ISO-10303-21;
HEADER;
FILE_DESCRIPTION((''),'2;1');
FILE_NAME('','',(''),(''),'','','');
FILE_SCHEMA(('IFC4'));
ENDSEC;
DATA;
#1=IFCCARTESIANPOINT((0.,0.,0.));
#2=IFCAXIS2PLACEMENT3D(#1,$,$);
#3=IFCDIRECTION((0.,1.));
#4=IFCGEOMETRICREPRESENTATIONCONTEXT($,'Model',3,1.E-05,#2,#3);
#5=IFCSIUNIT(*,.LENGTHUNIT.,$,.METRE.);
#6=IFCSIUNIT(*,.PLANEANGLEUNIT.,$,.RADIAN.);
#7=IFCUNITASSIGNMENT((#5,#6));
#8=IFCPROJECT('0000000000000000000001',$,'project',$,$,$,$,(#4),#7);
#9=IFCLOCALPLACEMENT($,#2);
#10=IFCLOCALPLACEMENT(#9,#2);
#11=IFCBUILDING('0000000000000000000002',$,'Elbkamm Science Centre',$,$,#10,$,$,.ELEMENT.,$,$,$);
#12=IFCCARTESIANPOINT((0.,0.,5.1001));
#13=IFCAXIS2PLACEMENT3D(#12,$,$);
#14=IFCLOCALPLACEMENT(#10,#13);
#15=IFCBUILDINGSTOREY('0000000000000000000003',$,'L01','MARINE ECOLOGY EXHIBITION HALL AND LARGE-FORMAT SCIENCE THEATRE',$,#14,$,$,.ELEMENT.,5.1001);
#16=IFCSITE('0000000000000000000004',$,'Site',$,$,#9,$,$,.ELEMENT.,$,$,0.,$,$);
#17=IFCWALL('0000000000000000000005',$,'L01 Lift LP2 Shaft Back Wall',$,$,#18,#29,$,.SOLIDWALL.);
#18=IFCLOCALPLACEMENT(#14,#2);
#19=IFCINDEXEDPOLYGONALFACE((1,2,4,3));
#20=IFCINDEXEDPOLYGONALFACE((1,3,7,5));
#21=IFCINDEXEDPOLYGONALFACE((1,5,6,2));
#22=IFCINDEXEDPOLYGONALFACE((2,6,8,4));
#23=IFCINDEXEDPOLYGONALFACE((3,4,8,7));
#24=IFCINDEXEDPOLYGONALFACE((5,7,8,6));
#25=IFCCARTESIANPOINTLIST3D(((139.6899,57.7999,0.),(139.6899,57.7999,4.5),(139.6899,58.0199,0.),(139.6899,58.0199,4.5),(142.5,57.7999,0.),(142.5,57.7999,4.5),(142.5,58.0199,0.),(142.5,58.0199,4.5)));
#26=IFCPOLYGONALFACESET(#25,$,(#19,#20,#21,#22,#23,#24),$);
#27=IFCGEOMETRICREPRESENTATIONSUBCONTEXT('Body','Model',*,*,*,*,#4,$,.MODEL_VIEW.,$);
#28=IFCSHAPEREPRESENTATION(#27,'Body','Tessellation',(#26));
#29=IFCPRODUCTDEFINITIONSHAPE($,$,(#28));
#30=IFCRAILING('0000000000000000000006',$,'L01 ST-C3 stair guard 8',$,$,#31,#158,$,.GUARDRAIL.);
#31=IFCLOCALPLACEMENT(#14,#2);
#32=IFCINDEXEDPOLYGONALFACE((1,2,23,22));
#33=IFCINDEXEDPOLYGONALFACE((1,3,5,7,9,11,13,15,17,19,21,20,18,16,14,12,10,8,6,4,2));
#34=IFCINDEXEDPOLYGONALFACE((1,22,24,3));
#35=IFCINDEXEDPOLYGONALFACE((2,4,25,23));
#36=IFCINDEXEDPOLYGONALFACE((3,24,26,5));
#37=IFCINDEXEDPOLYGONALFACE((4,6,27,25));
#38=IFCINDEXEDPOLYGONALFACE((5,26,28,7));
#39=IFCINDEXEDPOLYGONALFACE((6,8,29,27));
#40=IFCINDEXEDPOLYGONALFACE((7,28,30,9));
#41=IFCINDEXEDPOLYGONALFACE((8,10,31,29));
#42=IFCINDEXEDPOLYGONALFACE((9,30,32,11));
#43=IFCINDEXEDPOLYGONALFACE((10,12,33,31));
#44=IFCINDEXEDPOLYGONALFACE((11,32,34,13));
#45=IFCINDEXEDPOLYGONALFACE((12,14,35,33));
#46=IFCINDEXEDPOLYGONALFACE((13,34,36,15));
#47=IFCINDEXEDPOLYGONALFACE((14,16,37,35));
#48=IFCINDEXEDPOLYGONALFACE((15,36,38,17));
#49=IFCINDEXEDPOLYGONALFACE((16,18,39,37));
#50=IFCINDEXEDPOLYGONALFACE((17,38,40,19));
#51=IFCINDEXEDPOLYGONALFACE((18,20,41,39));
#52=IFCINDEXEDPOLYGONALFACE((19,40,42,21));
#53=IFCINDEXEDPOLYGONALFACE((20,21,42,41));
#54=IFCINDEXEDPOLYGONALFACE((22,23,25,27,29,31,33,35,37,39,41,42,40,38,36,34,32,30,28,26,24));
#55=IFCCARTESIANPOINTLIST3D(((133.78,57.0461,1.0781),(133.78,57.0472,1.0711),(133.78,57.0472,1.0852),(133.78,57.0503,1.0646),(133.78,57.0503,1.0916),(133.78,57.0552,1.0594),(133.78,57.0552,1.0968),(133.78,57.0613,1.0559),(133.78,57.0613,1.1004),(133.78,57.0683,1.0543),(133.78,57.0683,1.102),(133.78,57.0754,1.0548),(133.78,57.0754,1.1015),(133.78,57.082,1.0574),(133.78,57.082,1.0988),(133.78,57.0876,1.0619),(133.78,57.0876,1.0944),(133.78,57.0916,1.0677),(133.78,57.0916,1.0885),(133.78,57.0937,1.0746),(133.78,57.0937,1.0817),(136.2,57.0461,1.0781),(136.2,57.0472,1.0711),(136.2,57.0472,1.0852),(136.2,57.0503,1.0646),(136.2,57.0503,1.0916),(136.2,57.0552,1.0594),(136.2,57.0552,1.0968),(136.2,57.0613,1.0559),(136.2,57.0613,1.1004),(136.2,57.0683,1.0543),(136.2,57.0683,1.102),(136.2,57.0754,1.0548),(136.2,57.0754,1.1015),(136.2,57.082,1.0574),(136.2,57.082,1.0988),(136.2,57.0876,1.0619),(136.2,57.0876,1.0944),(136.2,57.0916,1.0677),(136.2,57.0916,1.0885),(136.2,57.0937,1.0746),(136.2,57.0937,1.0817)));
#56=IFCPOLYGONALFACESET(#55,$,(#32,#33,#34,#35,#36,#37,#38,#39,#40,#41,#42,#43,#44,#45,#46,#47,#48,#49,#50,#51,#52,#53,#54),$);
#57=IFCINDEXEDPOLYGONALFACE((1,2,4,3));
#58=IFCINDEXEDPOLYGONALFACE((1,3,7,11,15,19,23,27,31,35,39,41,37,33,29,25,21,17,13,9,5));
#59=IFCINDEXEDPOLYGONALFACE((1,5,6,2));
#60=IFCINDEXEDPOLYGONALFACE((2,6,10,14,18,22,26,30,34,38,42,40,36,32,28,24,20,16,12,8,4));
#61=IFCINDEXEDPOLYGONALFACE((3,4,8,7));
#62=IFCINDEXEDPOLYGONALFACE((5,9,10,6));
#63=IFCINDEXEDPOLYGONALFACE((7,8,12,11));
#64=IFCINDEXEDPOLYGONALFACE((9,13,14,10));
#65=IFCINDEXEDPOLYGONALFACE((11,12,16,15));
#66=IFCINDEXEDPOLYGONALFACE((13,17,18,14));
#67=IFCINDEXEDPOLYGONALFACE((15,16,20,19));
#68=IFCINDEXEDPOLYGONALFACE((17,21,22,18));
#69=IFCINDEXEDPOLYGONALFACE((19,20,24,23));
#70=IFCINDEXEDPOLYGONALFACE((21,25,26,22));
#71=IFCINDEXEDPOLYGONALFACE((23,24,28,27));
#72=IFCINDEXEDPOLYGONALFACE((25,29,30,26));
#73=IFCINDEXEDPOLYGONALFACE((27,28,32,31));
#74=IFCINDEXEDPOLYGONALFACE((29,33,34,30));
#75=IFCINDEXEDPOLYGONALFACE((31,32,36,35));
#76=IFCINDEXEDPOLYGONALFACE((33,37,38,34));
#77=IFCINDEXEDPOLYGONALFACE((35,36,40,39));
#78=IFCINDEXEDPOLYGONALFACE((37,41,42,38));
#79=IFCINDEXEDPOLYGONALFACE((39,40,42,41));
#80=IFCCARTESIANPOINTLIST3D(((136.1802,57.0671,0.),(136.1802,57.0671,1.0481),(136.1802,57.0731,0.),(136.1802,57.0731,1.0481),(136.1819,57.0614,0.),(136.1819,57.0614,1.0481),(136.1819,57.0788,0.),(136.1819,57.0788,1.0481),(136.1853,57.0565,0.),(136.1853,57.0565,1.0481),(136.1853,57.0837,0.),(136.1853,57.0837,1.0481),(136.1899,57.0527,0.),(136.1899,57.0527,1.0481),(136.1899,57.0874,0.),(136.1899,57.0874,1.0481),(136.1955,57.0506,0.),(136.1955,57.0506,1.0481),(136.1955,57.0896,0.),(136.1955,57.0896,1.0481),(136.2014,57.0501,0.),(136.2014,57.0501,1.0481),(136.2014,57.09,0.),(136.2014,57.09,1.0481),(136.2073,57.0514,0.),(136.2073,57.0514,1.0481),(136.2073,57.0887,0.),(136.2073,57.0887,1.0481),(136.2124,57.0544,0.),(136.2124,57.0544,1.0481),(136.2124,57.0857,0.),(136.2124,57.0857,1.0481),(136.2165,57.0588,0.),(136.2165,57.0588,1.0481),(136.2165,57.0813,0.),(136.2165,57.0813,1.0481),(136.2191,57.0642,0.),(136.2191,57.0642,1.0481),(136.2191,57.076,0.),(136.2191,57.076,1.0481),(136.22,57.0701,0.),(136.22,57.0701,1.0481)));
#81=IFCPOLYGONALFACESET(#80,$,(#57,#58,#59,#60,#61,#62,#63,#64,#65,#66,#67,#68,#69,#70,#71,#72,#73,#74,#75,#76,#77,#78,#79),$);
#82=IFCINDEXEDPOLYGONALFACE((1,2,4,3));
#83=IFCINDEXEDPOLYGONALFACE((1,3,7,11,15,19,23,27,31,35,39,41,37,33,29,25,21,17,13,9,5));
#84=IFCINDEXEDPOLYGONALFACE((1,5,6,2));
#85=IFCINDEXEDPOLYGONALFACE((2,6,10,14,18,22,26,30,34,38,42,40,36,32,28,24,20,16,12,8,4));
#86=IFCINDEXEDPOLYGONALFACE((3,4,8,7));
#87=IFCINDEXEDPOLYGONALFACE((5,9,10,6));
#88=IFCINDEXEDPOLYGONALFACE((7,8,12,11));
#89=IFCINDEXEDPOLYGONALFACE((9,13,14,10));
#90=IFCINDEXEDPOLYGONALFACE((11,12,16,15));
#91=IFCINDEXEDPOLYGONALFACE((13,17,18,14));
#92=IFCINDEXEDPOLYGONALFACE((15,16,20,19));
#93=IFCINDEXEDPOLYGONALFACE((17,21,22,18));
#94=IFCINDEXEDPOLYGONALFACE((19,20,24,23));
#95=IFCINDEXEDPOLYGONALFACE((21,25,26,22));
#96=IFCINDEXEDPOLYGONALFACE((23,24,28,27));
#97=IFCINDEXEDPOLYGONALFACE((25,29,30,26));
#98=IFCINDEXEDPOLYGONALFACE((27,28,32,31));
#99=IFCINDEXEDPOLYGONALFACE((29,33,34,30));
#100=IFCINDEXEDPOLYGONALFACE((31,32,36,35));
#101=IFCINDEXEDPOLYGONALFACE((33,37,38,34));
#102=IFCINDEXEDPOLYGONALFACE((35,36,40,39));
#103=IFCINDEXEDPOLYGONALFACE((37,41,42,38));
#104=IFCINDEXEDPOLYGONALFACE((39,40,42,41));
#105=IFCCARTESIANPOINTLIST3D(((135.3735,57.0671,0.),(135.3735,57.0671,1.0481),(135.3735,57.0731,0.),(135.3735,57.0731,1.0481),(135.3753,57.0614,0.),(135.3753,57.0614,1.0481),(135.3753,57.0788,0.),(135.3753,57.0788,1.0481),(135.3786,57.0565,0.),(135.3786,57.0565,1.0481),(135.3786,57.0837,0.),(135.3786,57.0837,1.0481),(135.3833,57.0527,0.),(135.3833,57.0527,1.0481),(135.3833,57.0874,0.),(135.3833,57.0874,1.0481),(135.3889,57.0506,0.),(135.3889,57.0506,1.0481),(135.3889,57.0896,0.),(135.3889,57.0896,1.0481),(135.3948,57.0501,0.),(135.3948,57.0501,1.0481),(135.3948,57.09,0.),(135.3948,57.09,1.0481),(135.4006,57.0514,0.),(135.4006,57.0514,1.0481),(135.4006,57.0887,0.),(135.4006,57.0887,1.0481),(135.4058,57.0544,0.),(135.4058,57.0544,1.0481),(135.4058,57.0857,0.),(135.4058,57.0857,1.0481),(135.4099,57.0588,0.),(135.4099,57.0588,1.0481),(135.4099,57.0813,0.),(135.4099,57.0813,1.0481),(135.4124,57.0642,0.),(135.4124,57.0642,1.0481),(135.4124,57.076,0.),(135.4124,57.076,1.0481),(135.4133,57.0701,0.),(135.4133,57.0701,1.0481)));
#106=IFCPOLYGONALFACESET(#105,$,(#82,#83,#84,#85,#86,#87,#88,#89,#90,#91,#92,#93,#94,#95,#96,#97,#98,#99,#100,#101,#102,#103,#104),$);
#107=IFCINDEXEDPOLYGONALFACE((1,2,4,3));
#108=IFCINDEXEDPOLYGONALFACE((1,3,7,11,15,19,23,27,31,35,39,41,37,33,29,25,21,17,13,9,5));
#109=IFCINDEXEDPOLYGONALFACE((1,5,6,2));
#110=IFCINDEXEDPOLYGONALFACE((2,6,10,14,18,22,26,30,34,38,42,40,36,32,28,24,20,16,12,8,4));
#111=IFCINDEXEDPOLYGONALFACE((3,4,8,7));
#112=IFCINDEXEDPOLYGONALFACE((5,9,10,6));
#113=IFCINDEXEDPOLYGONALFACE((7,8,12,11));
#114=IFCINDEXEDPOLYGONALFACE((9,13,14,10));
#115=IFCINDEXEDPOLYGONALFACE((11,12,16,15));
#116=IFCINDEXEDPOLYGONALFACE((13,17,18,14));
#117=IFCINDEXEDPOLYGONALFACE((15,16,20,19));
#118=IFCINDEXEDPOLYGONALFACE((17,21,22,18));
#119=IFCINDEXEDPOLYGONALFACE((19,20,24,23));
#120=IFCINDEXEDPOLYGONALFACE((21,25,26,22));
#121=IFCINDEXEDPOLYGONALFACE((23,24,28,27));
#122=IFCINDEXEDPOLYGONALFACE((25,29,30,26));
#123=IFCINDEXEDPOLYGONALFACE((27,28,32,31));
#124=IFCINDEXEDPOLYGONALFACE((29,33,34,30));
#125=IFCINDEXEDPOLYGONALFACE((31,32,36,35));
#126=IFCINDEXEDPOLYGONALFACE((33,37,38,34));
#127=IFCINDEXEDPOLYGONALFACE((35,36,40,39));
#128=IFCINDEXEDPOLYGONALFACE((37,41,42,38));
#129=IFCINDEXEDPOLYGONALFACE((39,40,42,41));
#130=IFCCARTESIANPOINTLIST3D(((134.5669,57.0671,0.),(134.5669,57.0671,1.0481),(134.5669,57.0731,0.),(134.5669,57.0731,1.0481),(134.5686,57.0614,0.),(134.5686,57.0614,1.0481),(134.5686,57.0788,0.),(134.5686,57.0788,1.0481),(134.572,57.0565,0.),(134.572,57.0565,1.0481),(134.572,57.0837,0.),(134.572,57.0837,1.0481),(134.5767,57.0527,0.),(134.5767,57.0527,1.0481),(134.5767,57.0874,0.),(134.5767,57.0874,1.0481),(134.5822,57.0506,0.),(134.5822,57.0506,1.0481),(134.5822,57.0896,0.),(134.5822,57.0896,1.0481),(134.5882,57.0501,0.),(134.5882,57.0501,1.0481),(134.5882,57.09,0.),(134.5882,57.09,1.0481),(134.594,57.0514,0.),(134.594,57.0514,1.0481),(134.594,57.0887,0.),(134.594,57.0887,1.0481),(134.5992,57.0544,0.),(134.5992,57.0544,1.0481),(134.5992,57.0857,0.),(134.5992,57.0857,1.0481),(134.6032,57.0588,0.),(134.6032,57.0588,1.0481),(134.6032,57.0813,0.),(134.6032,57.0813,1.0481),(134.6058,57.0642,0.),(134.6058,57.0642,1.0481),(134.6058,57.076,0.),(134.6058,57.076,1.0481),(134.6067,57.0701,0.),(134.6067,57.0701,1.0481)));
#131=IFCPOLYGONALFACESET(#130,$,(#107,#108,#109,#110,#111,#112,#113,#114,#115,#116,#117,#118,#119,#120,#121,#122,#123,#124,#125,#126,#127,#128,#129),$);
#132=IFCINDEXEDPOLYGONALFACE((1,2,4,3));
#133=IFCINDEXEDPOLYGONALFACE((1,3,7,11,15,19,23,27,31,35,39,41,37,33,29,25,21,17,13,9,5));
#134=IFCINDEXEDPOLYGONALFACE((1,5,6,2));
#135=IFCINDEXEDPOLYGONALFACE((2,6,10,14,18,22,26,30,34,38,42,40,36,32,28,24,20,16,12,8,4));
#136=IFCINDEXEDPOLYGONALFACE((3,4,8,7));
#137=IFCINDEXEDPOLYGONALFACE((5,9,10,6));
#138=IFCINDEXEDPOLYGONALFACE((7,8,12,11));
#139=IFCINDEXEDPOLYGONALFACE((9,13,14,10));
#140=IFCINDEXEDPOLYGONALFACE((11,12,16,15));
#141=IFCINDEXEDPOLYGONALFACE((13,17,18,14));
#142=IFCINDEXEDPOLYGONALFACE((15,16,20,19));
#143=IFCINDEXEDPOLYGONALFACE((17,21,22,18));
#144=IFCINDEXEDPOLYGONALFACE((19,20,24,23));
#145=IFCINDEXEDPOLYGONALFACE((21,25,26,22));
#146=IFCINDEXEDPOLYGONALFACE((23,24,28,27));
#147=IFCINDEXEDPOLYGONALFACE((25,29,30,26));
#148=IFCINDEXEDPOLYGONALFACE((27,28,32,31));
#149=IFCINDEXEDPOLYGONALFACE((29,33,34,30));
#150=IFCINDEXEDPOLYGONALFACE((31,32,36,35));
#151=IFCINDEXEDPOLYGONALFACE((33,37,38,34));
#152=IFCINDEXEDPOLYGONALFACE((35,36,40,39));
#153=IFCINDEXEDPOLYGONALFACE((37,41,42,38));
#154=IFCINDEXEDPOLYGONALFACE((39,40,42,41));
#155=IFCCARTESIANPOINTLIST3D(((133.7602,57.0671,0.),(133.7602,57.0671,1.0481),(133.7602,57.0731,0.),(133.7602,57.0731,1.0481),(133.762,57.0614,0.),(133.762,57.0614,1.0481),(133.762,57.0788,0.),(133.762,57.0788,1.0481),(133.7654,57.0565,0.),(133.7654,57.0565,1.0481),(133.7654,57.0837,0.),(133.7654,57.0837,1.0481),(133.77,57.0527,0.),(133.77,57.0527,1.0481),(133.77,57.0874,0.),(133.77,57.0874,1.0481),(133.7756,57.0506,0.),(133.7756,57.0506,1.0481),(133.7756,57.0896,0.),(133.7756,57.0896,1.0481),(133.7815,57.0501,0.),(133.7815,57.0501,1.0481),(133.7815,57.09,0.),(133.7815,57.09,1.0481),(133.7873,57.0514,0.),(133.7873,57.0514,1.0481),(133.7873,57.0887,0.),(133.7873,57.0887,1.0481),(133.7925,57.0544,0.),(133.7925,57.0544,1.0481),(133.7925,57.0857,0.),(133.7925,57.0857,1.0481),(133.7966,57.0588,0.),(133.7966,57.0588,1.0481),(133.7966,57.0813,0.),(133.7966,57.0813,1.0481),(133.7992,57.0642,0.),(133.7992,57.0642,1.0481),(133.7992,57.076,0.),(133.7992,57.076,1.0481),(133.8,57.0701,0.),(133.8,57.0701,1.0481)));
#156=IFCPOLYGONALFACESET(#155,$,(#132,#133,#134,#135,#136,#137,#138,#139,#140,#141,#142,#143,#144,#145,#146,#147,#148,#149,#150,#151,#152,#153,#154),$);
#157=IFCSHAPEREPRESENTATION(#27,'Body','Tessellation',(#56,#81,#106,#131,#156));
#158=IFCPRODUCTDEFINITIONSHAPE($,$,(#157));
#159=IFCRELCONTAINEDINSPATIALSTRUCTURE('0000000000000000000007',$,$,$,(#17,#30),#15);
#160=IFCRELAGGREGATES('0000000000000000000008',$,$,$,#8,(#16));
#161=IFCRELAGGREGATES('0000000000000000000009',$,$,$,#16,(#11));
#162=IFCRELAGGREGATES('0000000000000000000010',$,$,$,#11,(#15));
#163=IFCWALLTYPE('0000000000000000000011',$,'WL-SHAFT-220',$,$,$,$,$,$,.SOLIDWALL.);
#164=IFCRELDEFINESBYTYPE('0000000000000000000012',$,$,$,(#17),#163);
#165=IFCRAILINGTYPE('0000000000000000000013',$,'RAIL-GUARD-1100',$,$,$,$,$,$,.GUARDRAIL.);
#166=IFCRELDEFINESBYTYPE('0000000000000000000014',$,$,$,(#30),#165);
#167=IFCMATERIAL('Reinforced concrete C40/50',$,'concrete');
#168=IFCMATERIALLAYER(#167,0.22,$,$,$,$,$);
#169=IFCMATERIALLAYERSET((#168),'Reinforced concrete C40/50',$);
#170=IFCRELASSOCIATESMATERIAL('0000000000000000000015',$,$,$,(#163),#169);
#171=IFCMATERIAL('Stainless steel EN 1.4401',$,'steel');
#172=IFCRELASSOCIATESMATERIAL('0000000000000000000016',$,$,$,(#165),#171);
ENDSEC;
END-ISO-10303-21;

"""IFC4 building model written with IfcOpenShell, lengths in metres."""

from ifc_helpers import new_model, si_unit, direction, frame, frame_2d, origin, origin_2d, place, context, subcontext, project, spatial, rectangle, circle, extrude, material, layer, layer_set, type_object, element, save


model = new_model("IFC4")

# Units and contexts
model_context = context("Model", 3, precision=1e-05, world=origin(), true_north=direction((0.0, 1.0)))
body_context = subcontext(model_context, "Body", "Model", "MODEL_VIEW")
ifc_project = project(units=[si_unit("LENGTHUNIT", "METRE"), si_unit("PLANEANGLEUNIT", "RADIAN")], contexts=[model_context])

# Site, building, storey
site_placement = place(None, origin())
site = spatial("IfcSite", under=ifc_project, at=site_placement, Name="Site", CompositionType="ELEMENT", RefElevation=0.0)
building_placement = place(site_placement, origin())
building = spatial("IfcBuilding", under=site, at=building_placement, Name="Elbkamm Science Centre", CompositionType="ELEMENT")
storey_placement = place(building_placement, frame((0.0, 0.0, 5.1001)))
storey = spatial("IfcBuildingStorey", under=building, at=storey_placement, Name="L01", Description="MARINE ECOLOGY EXHIBITION HALL AND LARGE-FORMAT SCIENCE THEATRE", CompositionType="ELEMENT", Elevation=5.1001)

# Shared definitions
ifc_material_1 = material(Name="Reinforced concrete C40/50", Category="concrete")

# Shared definitions
ifc_layer_1 = layer(ifc_material_1, 0.22)
ifc_layer_set_1 = layer_set([ifc_layer_1], Name="Reinforced concrete C40/50")
wall_type_1 = type_object("IfcWallType", Name="WL-SHAFT-220", PredefinedType="SOLIDWALL", material=ifc_layer_set_1)

# Wall
wall_1_placement = place(storey_placement, frame((139.6899, 57.9099, 0.0), z_axis=(0.0, 0.0, 1.0), x_axis=(1.0, 0.0, 0.0)))
element("IfcWall", 1, at=wall_1_placement, inside=storey, type_object=wall_type_1, Name="L01 Lift LP2 Shaft Back Wall", PredefinedType="SOLIDWALL", context=body_context, shape_type="SweptSolid", body=[
    extrude(rectangle(XDim=2.8101, YDim=0.22, at=frame_2d((1.405, 0.0))), origin(), (0.0, 0.0, 1.0), 4.5),
])

# Railing
ifc_material_2 = material(Name="Stainless steel EN 1.4401", Category="steel")
railing_type = type_object("IfcRailingType", Name="RAIL-GUARD-1100", PredefinedType="GUARDRAIL", material=ifc_material_2)
for number, where, name in (
    (2, (136.2, 57.0701, 0.0), "L01 ST-C3 stair guard 8"),
):
    element("IfcRailing", number, at=place(storey_placement, frame(where)), inside=storey, type_object=railing_type, Name=name, PredefinedType="GUARDRAIL", context=body_context, shape_type="SweptSolid", body=[
        extrude(circle(Radius=0.0239, at=origin_2d()), frame((0.0, 0.0, 1.0781), z_axis=(-1.0, 0.0, 0.0), x_axis=(0.0, -1.0, 0.0)), (0.0, 0.0, 1.0), 2.4199),
        extrude(circle(Radius=0.02, at=origin_2d()), origin(), (0.0, 0.0, 1.0), 1.0481),
        extrude(circle(Radius=0.02, at=origin_2d()), frame((-0.8066, 0.0, 0.0)), (0.0, 0.0, 1.0), 1.0481),
        extrude(circle(Radius=0.02, at=origin_2d()), frame((-1.6133, 0.0, 0.0)), (0.0, 0.0, 1.0), 1.0481),
        extrude(circle(Radius=0.02, at=origin_2d()), frame((-2.4199, 0.0, 0.0)), (0.0, 0.0, 1.0), 1.0481),
    ])

save(model, "model.ifc")
